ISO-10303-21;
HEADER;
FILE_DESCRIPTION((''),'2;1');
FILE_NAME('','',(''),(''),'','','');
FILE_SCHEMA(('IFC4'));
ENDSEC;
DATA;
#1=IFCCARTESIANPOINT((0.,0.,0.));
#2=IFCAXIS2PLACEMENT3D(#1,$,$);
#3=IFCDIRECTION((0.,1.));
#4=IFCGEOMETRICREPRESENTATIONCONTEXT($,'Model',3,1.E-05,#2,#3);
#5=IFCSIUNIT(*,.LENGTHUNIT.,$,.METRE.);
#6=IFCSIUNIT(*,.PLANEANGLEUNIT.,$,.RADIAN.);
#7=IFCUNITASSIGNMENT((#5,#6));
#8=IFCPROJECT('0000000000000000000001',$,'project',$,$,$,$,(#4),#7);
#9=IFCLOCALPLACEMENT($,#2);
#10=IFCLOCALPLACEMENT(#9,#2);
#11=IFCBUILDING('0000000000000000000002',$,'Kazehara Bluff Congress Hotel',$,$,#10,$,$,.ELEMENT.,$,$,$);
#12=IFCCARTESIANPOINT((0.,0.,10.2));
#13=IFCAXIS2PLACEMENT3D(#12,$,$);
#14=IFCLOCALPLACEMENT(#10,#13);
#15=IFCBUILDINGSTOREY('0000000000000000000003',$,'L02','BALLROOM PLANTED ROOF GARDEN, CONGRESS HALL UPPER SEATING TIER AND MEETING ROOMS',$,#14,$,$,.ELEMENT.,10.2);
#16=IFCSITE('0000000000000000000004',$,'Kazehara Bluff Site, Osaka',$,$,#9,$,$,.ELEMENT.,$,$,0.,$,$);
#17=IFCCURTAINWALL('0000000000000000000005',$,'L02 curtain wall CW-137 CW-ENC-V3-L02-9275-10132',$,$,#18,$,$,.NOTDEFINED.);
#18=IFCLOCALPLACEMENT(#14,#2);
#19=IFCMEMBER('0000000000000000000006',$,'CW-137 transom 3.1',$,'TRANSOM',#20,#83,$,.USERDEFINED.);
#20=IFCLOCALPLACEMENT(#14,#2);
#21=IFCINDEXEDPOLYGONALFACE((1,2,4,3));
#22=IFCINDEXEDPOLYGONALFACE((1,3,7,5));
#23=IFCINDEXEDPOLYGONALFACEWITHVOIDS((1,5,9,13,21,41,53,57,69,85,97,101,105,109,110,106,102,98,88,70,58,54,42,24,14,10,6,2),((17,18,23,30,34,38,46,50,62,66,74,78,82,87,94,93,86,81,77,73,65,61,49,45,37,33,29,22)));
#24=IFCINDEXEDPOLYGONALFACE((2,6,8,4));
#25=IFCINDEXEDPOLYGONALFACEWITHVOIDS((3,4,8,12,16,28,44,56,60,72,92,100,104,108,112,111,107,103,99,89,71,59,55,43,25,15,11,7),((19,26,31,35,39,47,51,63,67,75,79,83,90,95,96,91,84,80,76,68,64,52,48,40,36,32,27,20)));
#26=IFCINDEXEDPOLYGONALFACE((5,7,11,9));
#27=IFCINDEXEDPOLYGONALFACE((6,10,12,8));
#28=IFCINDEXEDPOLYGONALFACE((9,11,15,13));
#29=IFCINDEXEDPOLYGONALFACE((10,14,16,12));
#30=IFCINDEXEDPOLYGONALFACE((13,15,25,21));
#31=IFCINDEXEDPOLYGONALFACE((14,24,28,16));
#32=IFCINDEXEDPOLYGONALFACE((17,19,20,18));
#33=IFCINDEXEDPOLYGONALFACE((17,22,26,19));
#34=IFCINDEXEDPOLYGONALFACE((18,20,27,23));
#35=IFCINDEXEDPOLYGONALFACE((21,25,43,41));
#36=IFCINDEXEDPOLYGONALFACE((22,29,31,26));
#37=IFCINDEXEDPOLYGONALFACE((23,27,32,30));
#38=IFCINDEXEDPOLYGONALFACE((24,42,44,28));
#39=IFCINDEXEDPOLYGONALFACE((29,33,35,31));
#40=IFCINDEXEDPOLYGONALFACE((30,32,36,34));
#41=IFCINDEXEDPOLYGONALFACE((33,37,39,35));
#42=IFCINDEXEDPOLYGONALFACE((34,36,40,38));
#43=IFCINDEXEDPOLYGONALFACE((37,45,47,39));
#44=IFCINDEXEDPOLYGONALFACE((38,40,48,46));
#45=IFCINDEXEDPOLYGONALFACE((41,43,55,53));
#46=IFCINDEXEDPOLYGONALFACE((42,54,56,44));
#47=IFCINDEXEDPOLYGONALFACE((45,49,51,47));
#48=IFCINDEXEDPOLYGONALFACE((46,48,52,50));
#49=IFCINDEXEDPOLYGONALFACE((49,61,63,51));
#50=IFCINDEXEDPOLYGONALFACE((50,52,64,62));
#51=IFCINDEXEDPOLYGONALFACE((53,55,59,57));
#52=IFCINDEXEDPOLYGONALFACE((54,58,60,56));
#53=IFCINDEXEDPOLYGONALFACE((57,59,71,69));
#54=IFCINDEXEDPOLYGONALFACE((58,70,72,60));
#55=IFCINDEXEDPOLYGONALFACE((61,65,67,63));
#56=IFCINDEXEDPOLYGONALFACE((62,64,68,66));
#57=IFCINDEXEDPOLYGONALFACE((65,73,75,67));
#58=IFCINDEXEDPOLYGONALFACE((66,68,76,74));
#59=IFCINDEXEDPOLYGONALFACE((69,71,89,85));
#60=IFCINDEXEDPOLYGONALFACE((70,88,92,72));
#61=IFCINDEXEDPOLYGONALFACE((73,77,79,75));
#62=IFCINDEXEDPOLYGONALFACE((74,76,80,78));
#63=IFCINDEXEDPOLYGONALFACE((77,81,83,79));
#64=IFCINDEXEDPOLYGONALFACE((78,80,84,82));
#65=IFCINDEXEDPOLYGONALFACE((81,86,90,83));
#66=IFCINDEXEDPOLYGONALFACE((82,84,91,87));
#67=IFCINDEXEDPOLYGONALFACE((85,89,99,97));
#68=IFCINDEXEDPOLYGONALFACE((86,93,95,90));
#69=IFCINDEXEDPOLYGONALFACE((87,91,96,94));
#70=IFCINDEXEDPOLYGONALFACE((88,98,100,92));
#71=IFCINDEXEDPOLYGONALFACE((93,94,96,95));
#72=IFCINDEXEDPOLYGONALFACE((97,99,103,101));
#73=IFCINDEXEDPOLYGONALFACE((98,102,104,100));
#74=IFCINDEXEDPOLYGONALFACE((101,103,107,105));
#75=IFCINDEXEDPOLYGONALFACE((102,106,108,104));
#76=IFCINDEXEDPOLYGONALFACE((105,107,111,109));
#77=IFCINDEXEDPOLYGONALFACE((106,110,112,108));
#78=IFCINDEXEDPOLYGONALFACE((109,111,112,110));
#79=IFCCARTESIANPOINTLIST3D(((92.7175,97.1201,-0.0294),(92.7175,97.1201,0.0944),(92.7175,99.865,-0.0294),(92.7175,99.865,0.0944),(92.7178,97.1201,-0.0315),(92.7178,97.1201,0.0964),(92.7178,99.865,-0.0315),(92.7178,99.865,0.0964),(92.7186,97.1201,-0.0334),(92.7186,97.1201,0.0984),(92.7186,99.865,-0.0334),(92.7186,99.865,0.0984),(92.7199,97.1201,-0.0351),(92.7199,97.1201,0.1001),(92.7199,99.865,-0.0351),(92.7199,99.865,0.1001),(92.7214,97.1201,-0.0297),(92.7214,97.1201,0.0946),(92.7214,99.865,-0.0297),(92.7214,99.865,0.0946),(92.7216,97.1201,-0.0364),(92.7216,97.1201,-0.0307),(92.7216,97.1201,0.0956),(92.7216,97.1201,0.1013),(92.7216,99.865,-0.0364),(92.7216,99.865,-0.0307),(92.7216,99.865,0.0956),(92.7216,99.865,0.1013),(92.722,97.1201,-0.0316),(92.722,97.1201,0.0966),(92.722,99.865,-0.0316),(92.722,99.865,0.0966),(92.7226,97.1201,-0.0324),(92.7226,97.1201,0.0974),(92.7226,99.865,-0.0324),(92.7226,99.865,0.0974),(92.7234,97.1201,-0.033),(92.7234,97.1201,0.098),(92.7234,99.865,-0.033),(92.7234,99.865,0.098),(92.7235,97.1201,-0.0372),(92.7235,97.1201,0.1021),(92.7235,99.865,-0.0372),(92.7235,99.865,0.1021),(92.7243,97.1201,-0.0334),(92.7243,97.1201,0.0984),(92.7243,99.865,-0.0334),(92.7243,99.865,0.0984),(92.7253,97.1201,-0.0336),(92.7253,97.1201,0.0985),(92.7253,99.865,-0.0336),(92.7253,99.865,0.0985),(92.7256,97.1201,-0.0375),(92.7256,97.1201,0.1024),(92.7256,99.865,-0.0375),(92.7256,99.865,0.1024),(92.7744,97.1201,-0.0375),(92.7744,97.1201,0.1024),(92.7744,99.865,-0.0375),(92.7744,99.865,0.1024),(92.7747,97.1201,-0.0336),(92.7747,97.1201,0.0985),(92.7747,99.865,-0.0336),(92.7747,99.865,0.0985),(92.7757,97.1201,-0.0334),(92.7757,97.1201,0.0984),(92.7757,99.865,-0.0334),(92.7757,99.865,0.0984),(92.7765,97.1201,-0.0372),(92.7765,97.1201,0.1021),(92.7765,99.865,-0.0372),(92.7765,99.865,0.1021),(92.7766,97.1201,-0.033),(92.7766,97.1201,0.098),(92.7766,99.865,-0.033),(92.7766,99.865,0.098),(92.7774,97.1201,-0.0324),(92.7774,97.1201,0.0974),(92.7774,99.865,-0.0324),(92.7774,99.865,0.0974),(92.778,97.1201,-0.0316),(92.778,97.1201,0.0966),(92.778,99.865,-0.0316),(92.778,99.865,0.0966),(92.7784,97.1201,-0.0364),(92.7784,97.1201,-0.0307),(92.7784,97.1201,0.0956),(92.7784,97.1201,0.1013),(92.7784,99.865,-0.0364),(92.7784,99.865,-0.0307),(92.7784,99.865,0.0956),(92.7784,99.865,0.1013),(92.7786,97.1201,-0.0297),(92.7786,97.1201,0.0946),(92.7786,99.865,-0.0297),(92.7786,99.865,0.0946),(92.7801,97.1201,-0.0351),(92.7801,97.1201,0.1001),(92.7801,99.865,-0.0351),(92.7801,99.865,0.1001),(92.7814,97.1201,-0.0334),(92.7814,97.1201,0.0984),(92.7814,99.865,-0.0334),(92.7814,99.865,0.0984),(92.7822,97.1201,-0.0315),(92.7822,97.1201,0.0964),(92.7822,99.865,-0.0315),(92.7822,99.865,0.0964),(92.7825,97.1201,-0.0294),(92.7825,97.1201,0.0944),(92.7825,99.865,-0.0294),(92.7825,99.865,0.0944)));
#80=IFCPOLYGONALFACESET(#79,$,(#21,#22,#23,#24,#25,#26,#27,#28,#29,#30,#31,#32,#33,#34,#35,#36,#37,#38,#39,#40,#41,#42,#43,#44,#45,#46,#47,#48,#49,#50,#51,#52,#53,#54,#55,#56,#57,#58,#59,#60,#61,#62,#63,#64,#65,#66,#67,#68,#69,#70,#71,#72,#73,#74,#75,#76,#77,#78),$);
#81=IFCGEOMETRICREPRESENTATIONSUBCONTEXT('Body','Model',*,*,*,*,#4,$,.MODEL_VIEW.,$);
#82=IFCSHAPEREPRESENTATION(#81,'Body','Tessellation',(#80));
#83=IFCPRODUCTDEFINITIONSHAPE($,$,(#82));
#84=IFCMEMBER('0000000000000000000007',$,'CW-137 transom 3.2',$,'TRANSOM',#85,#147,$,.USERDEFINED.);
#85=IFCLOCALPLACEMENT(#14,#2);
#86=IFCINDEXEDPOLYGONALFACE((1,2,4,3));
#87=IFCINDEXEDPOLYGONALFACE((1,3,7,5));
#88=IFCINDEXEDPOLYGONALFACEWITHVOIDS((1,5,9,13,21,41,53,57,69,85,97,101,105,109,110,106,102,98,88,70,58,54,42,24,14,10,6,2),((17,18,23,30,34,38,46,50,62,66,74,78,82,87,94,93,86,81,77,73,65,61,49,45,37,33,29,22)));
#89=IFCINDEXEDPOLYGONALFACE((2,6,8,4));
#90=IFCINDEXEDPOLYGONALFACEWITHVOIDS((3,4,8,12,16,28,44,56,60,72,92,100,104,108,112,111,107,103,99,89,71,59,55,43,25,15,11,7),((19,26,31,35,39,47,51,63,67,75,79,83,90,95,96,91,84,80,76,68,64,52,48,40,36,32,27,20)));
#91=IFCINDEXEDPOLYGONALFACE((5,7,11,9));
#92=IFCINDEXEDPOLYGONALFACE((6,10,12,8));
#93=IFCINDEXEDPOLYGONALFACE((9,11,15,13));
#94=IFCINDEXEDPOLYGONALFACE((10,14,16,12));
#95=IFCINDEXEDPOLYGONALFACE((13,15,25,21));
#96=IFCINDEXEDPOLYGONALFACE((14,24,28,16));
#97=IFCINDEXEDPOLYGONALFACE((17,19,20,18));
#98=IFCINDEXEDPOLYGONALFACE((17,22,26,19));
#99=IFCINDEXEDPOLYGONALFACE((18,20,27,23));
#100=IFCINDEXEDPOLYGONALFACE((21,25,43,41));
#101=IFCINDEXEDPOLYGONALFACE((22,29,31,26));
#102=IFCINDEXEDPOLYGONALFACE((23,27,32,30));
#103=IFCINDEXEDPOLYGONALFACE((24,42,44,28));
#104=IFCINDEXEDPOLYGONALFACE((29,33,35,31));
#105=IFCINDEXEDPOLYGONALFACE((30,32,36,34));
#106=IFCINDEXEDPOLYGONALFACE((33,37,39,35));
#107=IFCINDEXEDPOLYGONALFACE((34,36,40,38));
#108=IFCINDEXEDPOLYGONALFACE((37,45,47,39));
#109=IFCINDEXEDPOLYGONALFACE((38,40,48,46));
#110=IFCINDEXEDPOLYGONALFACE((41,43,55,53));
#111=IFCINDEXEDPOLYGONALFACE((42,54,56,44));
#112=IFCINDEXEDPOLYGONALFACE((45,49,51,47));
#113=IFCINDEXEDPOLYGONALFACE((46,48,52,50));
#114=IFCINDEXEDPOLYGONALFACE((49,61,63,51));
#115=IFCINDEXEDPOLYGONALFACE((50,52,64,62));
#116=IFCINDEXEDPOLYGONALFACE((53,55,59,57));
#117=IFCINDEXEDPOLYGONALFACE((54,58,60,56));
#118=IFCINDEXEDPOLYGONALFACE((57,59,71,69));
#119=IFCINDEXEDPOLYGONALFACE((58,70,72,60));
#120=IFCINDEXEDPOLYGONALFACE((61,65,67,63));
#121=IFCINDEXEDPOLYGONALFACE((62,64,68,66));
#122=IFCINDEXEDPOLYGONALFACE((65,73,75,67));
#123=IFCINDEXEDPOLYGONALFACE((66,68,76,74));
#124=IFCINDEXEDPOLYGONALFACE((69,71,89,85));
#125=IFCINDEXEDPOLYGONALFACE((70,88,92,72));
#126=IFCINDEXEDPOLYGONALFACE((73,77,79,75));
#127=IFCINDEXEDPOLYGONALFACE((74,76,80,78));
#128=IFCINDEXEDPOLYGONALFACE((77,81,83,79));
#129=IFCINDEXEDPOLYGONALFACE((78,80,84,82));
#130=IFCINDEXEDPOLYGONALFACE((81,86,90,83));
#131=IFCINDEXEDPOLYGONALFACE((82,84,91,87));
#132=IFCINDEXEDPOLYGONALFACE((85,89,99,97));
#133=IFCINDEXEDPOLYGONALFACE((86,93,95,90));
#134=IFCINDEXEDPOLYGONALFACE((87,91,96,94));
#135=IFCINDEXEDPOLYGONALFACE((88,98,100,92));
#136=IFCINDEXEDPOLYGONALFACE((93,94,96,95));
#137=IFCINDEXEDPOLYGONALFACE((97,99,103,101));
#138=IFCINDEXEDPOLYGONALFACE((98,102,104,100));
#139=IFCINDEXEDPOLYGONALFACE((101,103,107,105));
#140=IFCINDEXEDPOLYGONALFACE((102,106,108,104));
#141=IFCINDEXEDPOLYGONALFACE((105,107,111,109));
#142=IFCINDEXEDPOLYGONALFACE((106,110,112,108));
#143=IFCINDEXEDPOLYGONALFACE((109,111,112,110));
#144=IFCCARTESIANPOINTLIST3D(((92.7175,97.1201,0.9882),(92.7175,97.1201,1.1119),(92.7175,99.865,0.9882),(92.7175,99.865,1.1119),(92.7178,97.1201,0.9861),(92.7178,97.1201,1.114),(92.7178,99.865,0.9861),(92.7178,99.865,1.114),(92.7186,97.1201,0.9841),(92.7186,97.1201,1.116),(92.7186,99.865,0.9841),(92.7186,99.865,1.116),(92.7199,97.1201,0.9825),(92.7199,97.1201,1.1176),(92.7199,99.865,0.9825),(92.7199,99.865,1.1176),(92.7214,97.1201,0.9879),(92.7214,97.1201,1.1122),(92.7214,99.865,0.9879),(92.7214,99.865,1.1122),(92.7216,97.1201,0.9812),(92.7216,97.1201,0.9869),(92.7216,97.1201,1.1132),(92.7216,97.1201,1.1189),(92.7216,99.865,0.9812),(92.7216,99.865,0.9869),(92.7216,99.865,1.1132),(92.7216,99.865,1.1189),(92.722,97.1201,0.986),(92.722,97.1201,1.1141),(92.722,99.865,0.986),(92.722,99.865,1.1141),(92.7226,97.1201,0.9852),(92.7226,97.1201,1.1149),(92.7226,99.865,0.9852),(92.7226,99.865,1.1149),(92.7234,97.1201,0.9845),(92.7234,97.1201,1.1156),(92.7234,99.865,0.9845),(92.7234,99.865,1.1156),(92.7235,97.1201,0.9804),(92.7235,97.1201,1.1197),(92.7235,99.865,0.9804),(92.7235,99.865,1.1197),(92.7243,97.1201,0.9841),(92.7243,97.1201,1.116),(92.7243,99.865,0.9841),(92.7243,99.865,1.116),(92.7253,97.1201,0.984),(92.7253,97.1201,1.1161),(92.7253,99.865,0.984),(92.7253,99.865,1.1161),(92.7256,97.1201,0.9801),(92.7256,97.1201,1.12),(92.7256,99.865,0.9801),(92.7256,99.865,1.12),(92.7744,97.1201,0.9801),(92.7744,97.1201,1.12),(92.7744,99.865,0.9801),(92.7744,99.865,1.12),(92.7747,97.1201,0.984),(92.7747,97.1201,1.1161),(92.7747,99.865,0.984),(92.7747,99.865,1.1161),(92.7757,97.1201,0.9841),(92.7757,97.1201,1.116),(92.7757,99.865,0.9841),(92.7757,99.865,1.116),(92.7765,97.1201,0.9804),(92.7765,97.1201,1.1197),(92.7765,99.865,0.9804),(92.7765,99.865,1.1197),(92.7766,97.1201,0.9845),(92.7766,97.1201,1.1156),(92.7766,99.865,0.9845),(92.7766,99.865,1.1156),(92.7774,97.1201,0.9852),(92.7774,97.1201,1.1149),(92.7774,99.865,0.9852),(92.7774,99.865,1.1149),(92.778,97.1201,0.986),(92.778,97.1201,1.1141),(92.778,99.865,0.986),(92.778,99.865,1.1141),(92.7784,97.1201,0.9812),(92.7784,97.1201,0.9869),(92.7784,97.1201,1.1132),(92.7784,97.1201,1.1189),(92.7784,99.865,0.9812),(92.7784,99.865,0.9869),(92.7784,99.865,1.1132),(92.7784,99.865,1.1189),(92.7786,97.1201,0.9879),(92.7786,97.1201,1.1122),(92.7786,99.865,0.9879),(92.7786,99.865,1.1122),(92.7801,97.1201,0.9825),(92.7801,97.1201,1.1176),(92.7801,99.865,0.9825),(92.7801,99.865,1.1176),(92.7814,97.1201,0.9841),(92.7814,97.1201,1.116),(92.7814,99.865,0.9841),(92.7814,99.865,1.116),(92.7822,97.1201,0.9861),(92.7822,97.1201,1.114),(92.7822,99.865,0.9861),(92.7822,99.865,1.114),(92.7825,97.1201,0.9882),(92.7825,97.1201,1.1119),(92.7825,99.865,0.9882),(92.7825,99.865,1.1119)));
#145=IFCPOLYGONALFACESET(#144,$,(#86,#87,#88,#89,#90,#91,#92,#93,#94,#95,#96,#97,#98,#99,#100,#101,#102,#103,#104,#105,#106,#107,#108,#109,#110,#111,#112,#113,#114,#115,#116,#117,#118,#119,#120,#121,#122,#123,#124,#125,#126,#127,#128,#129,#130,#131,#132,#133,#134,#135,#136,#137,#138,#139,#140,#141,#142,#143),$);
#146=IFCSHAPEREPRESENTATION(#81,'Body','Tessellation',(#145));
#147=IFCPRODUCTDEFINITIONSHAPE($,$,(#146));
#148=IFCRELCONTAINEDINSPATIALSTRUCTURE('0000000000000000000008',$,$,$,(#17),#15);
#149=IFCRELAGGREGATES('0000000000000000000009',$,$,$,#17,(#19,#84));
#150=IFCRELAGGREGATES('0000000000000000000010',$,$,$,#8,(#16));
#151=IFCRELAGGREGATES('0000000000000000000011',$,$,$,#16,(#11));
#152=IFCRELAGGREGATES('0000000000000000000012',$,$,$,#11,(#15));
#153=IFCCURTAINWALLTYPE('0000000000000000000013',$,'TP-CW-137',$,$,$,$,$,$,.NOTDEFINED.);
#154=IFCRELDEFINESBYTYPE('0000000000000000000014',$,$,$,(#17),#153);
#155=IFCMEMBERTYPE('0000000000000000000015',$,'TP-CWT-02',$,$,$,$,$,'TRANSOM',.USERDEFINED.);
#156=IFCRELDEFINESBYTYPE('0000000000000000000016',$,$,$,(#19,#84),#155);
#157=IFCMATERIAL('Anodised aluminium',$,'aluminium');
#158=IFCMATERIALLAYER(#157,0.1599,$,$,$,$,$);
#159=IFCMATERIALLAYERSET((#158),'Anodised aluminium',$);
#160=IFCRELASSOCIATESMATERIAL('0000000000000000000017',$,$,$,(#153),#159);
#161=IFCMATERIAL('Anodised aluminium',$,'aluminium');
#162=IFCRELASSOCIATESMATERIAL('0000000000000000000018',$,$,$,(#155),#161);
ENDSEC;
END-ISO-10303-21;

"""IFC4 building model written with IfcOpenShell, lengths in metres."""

from ifc_helpers import new_model, si_unit, direction, frame, origin, origin_2d, place, context, subcontext, project, spatial, hollow_rectangle, extrude, material, layer, layer_set, material_profile, profile_set, type_object, element, aggregate, save


model = new_model("IFC4")

# Units and contexts
model_context = context("Model", 3, precision=1e-05, world=origin(), true_north=direction((0.0, 1.0)))
body_context = subcontext(model_context, "Body", "Model", "MODEL_VIEW")
ifc_project = project(units=[si_unit("LENGTHUNIT", "METRE"), si_unit("PLANEANGLEUNIT", "RADIAN")], contexts=[model_context])

# Site, building, storey
site_placement = place(None, origin())
site = spatial("IfcSite", under=ifc_project, at=site_placement, Name="Kazehara Bluff Site, Osaka", CompositionType="ELEMENT", RefElevation=0.0)
building_placement = place(site_placement, origin())
building = spatial("IfcBuilding", under=site, at=building_placement, Name="Kazehara Bluff Congress Hotel", CompositionType="ELEMENT")
storey_placement = place(building_placement, frame((0.0, 0.0, 10.2)))
storey = spatial("IfcBuildingStorey", under=building, at=storey_placement, Name="L02", Description="BALLROOM PLANTED ROOF GARDEN, CONGRESS HALL UPPER SEATING TIER AND MEETING ROOMS", CompositionType="ELEMENT", Elevation=10.2)

# Curtain wall
ifc_material_1 = material(Name="Anodised aluminium", Category="aluminium")
ifc_layer_1 = layer(ifc_material_1, 0.1599)
ifc_layer_set_1 = layer_set([ifc_layer_1], Name="Anodised aluminium")
curtain_wall_type_1 = type_object("IfcCurtainWallType", Name="TP-CW-137", PredefinedType="NOTDEFINED", material=ifc_layer_set_1)
curtain_wall_1_placement = place(storey_placement, origin())
curtain_wall_1 = element("IfcCurtainWall", 1, at=curtain_wall_1_placement, inside=storey, type_object=curtain_wall_type_1, Name="L02 curtain wall CW-137 CW-ENC-V3-L02-9275-10132", PredefinedType="NOTDEFINED")

# Members
ifc_material_2 = material(Name="Anodised aluminium", Category="aluminium")
ifc_material_profile_1 = material_profile(ifc_material_2, hollow_rectangle(XDim=0.0649, YDim=0.1399, WallThickness=0.0039, InnerFilletRadius=0.0039, OuterFilletRadius=0.0081, at=origin_2d()))
ifc_profile_set_1 = profile_set([ifc_material_profile_1], Name="Anodised aluminium")
member_type_1 = type_object("IfcMemberType", Name="TP-CWT-02", ElementType="TRANSOM", PredefinedType="USERDEFINED", material=ifc_profile_set_1)
member_1_placement = place(storey_placement, frame((92.75, 99.865, 0.0325), z_axis=(0.0, -1.0, 0.0), x_axis=(1.0, 0.0, 0.0)))
member_1 = element("IfcMember", 2, at=member_1_placement, type_object=member_type_1, Name="CW-137 transom 3.1", ObjectType="TRANSOM", PredefinedType="USERDEFINED", context=body_context, shape_type="SweptSolid", body=[
    extrude(hollow_rectangle(XDim=0.0649, YDim=0.1399, WallThickness=0.0039, InnerFilletRadius=0.0039, OuterFilletRadius=0.0081, at=origin_2d()), origin(), (0.0, 0.0, 1.0), 2.7449),
])
member_2_placement = place(storey_placement, frame((92.75, 99.865, 1.05), z_axis=(0.0, -1.0, 0.0), x_axis=(1.0, 0.0, 0.0)))
member_2 = element("IfcMember", 3, at=member_2_placement, type_object=member_type_1, Name="CW-137 transom 3.2", ObjectType="TRANSOM", PredefinedType="USERDEFINED", context=body_context, shape_type="SweptSolid", body=[
    extrude(hollow_rectangle(XDim=0.0649, YDim=0.1399, WallThickness=0.0039, InnerFilletRadius=0.0039, OuterFilletRadius=0.0081, at=origin_2d()), origin(), (0.0, 0.0, 1.0), 2.7449),
])

aggregate(curtain_wall_1, [member_1, member_2])

save(model, "model.ifc")
